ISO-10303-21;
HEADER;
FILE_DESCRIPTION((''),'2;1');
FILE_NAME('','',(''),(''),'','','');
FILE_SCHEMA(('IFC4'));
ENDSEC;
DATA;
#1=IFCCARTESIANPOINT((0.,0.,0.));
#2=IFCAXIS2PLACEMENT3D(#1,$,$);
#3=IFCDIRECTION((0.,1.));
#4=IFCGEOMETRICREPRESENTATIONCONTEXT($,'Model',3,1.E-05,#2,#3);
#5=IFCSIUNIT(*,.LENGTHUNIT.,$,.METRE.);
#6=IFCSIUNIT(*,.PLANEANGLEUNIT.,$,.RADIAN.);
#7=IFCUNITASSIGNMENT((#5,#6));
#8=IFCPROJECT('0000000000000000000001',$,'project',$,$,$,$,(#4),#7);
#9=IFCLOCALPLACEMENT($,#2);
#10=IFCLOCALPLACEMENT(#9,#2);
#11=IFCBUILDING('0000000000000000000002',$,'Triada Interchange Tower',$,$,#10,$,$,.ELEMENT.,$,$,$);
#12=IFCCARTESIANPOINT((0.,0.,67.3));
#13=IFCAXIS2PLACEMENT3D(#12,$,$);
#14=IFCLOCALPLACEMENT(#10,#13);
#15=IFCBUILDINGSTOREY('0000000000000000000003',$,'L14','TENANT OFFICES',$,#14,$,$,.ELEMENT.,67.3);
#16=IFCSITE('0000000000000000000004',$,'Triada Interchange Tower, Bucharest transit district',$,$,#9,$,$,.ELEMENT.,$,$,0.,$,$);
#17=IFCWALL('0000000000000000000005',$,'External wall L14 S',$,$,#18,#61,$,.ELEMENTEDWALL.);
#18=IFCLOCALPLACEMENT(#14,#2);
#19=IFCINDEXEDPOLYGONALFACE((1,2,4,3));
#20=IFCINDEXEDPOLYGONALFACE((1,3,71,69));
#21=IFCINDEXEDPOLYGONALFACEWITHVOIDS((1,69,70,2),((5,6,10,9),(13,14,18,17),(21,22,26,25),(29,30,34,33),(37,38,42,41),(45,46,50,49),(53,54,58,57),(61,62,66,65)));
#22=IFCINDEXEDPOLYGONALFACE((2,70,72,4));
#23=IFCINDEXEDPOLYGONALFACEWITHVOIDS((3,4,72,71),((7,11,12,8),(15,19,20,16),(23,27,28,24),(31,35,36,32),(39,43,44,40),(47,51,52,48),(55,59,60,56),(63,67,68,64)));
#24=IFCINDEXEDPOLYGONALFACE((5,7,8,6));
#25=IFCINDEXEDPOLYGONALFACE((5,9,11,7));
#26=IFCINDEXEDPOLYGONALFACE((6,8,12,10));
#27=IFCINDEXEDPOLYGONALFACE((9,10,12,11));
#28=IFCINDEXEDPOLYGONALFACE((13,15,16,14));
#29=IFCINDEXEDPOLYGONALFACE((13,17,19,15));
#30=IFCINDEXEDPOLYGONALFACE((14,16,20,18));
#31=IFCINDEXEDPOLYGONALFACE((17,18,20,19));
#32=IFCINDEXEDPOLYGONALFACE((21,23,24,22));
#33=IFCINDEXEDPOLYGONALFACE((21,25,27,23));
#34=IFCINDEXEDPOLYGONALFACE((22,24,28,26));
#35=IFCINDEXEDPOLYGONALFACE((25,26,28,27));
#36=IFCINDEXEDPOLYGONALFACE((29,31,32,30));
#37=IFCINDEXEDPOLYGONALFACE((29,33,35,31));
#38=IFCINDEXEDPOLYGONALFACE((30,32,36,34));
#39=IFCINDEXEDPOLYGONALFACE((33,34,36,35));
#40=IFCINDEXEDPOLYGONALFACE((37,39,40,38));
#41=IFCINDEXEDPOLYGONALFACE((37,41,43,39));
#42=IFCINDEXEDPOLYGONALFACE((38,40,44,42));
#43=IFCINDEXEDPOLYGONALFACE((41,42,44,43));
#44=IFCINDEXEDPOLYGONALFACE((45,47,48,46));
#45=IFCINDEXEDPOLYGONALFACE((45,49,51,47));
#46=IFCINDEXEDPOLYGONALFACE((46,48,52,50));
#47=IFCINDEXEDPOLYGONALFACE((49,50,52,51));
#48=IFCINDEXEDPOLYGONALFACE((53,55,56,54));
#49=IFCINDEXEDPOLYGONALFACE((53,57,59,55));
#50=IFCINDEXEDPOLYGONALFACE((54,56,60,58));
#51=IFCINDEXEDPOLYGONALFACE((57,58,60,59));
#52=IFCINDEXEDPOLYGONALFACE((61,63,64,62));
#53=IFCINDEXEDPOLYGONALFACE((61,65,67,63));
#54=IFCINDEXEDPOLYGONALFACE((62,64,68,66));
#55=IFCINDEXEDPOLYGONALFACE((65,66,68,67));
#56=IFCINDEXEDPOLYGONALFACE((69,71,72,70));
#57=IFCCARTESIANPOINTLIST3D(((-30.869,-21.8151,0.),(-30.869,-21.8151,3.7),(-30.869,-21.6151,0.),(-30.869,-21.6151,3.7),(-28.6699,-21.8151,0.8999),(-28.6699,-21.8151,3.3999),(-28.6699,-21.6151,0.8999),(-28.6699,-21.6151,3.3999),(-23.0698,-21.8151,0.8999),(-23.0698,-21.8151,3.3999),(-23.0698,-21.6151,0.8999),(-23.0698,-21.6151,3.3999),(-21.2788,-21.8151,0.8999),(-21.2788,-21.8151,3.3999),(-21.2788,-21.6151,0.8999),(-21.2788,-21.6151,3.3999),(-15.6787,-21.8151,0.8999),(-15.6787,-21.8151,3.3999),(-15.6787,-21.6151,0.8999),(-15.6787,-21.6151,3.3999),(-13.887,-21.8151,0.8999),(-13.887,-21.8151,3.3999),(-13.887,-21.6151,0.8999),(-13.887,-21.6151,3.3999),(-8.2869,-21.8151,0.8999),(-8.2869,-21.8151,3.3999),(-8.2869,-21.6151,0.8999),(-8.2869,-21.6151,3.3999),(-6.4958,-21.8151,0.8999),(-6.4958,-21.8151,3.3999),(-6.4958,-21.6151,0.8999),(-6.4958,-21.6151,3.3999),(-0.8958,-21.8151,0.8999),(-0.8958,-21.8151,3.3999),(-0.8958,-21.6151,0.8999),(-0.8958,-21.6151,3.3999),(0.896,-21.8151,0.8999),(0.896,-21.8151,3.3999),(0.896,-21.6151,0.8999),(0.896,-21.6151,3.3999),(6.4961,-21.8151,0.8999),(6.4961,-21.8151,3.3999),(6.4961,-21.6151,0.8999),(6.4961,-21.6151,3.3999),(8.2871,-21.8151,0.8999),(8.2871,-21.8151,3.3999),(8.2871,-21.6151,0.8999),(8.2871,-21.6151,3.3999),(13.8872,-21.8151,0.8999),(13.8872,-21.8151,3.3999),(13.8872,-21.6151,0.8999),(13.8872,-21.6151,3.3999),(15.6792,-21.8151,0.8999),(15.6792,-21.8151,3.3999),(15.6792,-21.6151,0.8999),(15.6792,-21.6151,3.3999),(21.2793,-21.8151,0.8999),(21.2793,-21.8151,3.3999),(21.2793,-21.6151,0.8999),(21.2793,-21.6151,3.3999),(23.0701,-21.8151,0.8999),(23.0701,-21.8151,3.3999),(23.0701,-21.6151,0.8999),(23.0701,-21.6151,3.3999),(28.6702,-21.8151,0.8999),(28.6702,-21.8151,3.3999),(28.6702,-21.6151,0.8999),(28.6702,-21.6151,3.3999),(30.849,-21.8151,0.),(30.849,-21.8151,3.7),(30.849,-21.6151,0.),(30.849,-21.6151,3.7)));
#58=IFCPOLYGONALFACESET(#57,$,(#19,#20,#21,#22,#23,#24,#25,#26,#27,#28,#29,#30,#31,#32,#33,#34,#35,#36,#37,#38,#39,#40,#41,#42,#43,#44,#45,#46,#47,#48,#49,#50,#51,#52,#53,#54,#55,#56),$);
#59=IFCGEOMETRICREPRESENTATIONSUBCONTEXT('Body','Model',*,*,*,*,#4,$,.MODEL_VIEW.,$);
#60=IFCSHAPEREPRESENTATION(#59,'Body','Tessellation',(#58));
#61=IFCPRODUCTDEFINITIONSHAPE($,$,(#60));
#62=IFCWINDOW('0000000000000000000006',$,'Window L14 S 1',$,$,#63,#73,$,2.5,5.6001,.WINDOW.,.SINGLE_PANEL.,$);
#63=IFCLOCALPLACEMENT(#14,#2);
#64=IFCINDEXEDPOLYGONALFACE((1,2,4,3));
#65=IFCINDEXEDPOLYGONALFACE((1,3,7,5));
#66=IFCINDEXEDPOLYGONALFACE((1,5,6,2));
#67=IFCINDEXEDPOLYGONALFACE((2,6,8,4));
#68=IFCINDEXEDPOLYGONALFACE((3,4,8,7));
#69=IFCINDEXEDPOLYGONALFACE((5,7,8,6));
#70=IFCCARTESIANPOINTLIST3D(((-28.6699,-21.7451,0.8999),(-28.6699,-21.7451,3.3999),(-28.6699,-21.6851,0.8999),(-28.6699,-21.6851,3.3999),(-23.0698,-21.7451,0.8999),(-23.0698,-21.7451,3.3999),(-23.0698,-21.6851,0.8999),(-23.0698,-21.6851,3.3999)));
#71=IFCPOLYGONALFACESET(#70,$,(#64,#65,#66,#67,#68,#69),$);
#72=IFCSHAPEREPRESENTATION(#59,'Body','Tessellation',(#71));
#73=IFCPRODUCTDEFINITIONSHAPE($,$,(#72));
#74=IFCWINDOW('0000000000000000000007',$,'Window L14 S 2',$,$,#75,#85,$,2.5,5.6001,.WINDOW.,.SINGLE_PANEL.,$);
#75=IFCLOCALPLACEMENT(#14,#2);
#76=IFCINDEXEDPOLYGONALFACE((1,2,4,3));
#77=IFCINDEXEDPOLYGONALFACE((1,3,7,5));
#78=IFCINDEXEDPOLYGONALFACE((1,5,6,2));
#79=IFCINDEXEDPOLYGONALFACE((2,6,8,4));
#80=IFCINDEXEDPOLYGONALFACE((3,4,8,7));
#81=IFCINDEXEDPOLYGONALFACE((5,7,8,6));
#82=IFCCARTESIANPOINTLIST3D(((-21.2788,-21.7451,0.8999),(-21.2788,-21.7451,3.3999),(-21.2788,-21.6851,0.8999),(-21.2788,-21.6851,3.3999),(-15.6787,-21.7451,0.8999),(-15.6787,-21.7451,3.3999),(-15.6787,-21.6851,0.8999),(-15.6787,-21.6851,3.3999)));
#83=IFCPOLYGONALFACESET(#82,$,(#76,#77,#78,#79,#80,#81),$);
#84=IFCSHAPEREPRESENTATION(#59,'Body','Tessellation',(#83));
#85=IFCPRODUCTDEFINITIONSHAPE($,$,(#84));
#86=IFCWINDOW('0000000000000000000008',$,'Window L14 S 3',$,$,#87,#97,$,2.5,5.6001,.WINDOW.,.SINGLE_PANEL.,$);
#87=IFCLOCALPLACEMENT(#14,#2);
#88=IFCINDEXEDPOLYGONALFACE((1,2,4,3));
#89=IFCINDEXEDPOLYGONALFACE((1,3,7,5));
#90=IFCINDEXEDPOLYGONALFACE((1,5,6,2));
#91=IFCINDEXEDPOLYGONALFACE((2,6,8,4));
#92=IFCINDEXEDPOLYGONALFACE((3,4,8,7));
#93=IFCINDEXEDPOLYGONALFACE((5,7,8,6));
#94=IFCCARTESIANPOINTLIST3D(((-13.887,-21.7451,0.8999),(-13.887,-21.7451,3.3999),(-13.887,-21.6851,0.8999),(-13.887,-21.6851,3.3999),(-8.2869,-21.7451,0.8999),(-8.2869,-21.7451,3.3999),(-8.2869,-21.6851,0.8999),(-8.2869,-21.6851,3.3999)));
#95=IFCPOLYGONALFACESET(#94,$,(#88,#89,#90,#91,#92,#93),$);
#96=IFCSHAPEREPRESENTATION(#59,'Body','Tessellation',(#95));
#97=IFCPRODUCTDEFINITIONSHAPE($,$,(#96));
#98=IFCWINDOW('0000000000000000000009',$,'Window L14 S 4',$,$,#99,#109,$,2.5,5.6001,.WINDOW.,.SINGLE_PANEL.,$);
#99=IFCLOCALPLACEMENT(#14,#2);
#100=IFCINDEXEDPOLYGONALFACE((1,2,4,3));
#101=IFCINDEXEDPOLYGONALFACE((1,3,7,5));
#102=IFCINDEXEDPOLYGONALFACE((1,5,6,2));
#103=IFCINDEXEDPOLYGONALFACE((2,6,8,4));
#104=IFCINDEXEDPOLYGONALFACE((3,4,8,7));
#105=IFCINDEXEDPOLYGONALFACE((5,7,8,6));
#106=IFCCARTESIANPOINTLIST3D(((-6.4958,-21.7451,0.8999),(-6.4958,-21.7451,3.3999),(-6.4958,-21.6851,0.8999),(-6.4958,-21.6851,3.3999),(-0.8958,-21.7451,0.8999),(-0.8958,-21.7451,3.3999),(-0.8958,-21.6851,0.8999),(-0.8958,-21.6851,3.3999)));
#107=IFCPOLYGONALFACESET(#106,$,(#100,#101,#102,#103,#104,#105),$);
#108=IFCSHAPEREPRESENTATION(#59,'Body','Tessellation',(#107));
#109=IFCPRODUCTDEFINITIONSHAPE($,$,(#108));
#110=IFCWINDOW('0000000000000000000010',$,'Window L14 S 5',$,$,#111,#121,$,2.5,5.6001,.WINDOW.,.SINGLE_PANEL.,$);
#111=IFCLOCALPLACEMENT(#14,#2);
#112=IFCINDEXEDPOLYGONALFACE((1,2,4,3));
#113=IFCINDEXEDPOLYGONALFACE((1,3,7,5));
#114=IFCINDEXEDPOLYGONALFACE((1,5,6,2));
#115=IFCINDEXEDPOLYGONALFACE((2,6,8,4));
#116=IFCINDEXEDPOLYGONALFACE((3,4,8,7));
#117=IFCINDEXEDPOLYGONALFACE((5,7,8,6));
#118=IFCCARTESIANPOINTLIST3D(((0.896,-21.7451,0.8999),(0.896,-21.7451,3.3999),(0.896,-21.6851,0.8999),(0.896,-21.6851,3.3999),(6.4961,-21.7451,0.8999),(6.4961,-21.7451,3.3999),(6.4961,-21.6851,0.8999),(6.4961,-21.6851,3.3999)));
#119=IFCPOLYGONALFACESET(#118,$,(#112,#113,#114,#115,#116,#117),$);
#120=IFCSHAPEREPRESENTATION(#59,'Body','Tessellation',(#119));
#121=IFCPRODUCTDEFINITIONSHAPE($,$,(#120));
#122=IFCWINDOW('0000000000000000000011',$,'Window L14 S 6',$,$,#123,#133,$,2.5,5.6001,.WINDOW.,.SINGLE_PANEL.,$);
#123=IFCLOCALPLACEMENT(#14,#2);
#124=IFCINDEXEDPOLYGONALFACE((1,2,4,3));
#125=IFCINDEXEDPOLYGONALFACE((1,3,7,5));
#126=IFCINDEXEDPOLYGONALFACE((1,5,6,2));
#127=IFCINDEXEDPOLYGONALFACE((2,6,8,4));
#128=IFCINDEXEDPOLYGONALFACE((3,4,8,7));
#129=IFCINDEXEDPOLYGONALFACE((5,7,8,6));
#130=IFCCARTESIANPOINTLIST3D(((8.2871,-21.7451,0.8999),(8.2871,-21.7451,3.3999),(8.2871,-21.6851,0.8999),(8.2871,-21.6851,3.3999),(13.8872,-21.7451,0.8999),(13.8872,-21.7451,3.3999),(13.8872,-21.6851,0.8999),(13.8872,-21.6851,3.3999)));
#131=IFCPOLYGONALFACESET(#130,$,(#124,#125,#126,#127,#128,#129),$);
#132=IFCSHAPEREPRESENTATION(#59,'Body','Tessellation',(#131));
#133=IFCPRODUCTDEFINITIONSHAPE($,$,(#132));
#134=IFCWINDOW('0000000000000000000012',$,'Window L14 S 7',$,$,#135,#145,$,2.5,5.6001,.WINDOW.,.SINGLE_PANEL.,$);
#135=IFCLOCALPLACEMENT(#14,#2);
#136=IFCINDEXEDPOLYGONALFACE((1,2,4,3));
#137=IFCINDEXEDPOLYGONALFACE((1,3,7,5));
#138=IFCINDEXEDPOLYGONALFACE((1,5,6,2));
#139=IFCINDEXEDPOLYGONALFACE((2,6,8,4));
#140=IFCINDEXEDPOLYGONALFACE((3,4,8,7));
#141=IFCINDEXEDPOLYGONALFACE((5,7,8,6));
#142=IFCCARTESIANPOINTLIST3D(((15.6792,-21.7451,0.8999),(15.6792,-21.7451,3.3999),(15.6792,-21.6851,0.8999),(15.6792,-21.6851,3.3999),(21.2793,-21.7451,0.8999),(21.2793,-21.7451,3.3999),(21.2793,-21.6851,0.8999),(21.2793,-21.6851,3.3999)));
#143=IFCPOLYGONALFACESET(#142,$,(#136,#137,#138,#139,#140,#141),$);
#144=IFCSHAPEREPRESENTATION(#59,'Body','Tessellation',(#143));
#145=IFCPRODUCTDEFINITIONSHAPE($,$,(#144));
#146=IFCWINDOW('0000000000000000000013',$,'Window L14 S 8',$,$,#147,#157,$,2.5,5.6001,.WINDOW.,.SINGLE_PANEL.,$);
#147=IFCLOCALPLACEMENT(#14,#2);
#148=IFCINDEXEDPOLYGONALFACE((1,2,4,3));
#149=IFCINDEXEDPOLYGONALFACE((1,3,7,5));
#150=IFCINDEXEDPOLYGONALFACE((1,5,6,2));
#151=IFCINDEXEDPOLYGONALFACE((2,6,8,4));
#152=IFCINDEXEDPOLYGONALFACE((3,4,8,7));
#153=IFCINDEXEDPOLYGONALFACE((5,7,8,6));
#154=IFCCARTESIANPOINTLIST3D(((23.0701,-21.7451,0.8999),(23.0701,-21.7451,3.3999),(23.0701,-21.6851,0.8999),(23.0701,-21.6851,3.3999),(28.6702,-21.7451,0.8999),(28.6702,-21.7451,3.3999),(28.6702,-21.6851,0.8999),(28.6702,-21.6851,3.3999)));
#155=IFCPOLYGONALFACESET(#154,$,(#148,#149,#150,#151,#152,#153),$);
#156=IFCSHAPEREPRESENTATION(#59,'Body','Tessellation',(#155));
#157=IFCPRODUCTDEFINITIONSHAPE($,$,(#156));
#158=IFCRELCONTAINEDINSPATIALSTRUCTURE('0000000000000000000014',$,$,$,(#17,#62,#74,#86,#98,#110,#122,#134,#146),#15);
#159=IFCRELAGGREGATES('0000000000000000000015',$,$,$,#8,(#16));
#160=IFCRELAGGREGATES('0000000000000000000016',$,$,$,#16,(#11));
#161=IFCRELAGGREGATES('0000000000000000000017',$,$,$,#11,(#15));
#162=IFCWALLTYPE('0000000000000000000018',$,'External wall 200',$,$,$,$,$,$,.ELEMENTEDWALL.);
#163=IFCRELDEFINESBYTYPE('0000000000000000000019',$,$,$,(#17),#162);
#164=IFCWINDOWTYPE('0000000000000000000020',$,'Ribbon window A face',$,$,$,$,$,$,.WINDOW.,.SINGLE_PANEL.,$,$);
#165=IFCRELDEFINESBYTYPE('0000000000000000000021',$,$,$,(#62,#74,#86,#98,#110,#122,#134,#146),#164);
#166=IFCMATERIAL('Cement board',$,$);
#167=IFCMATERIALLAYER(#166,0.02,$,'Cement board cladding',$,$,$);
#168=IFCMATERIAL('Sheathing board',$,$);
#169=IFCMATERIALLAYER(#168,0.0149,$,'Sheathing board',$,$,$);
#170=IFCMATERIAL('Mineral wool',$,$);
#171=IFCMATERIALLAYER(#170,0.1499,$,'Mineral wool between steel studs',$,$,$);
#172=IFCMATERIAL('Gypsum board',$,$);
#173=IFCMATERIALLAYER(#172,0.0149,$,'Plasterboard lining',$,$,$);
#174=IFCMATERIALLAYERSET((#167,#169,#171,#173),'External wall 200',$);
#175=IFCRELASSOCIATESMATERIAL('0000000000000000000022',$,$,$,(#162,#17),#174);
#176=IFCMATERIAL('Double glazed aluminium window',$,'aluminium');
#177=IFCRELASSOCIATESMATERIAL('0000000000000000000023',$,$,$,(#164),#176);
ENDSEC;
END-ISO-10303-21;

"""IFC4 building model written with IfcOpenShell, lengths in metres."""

from ifc_helpers import new_model, si_unit, direction, frame, frame_2d, origin, place, context, subcontext, project, spatial, rectangle, extrude, material, layer, layer_set, layer_usage, type_object, element, fill, save


model = new_model("IFC4")

# Units and contexts
model_context = context("Model", 3, precision=1e-05, world=origin(), true_north=direction((0.0, 1.0)))
body_context = subcontext(model_context, "Body", "Model", "MODEL_VIEW")
ifc_project = project(units=[si_unit("LENGTHUNIT", "METRE"), si_unit("PLANEANGLEUNIT", "RADIAN")], contexts=[model_context])

# Site, building, storey
site_placement = place(None, origin())
site = spatial("IfcSite", under=ifc_project, at=site_placement, Name="Triada Interchange Tower, Bucharest transit district", CompositionType="ELEMENT", RefElevation=0.0)
building_placement = place(site_placement, origin())
building = spatial("IfcBuilding", under=site, at=building_placement, Name="Triada Interchange Tower", CompositionType="ELEMENT")
storey_placement = place(building_placement, frame((0.0, 0.0, 67.3)))
storey = spatial("IfcBuildingStorey", under=building, at=storey_placement, Name="L14", Description="TENANT OFFICES", CompositionType="ELEMENT", Elevation=67.3)

# Shared definitions
ifc_material_1 = material(Name="Cement board")
ifc_layer_1 = layer(ifc_material_1, 0.02, Name="Cement board cladding")
ifc_material_2 = material(Name="Sheathing board")
ifc_layer_2 = layer(ifc_material_2, 0.0149, Name="Sheathing board")
ifc_material_3 = material(Name="Mineral wool")
ifc_layer_3 = layer(ifc_material_3, 0.1499, Name="Mineral wool between steel studs")
ifc_material_4 = material(Name="Gypsum board")
ifc_layer_4 = layer(ifc_material_4, 0.0149, Name="Plasterboard lining")
ifc_layer_set_1 = layer_set([ifc_layer_1, ifc_layer_2, ifc_layer_3, ifc_layer_4], Name="External wall 200")
ifc_layer_usage = layer_usage(ifc_layer_set_1, "AXIS2", "POSITIVE", -0.1001)
wall_type_1 = type_object("IfcWallType", Name="External wall 200", PredefinedType="ELEMENTEDWALL", material=ifc_layer_set_1)
ifc_material_5 = material(Name="Double glazed aluminium window", Category="aluminium")

# Wall, openings, windows
wall_1_placement = place(storey_placement, frame((-30.8689, -21.7151, 0.0), z_axis=(0.0, 0.0, 1.0), x_axis=(1.0, 0.0, 0.0)))
wall_1 = element("IfcWall", 1, at=wall_1_placement, inside=storey, type_object=wall_type_1, material=ifc_layer_usage, Name="External wall L14 S", PredefinedType="ELEMENTEDWALL", context=body_context, shape_type="SweptSolid", body=[
    extrude(rectangle(XDim=61.718, YDim=0.2, at=frame_2d((30.8589, 0.0))), origin(), (0.0, 0.0, 1.0), 3.7),
])
opening_1_placement = place(wall_1_placement, frame((2.199, 0.0, 0.8999)))
opening_1 = element("IfcOpeningElement", 2, at=opening_1_placement, cuts=wall_1, PredefinedType="OPENING", context=body_context, shape_type="SweptSolid", body=[
    extrude(rectangle(XDim=5.6001, YDim=2.5, at=frame_2d((2.8, 1.25))), frame((0.0, 0.1099, 0.0), z_axis=(0.0, -1.0, 0.0), x_axis=(1.0, 0.0, 0.0)), (0.0, 0.0, 1.0), 0.22),
])
opening_2_placement = place(wall_1_placement, frame((9.5901, 0.0, 0.8999)))
opening_2 = element("IfcOpeningElement", 3, at=opening_2_placement, cuts=wall_1, PredefinedType="OPENING", context=body_context, shape_type="SweptSolid", body=[
    extrude(rectangle(XDim=5.6001, YDim=2.5, at=frame_2d((2.8, 1.25))), frame((0.0, 0.1099, 0.0), z_axis=(0.0, -1.0, 0.0), x_axis=(1.0, 0.0, 0.0)), (0.0, 0.0, 1.0), 0.22),
])
opening_3_placement = place(wall_1_placement, frame((16.9819, 0.0, 0.8999)))
opening_3 = element("IfcOpeningElement", 4, at=opening_3_placement, cuts=wall_1, PredefinedType="OPENING", context=body_context, shape_type="SweptSolid", body=[
    extrude(rectangle(XDim=5.6001, YDim=2.5, at=frame_2d((2.8, 1.25))), frame((0.0, 0.1099, 0.0), z_axis=(0.0, -1.0, 0.0), x_axis=(1.0, 0.0, 0.0)), (0.0, 0.0, 1.0), 0.22),
])
opening_4_placement = place(wall_1_placement, frame((24.373, 0.0, 0.8999)))
opening_4 = element("IfcOpeningElement", 5, at=opening_4_placement, cuts=wall_1, PredefinedType="OPENING", context=body_context, shape_type="SweptSolid", body=[
    extrude(rectangle(XDim=5.6001, YDim=2.5, at=frame_2d((2.8, 1.25))), frame((0.0, 0.1099, 0.0), z_axis=(0.0, -1.0, 0.0), x_axis=(1.0, 0.0, 0.0)), (0.0, 0.0, 1.0), 0.22),
])
opening_5_placement = place(wall_1_placement, frame((31.7649, 0.0, 0.8999)))
opening_5 = element("IfcOpeningElement", 6, at=opening_5_placement, cuts=wall_1, PredefinedType="OPENING", context=body_context, shape_type="SweptSolid", body=[
    extrude(rectangle(XDim=5.6001, YDim=2.5, at=frame_2d((2.8, 1.25))), frame((0.0, 0.1099, 0.0), z_axis=(0.0, -1.0, 0.0), x_axis=(1.0, 0.0, 0.0)), (0.0, 0.0, 1.0), 0.22),
])
opening_6_placement = place(wall_1_placement, frame((39.156, 0.0, 0.8999)))
opening_6 = element("IfcOpeningElement", 7, at=opening_6_placement, cuts=wall_1, PredefinedType="OPENING", context=body_context, shape_type="SweptSolid", body=[
    extrude(rectangle(XDim=5.6001, YDim=2.5, at=frame_2d((2.8, 1.25))), frame((0.0, 0.1099, 0.0), z_axis=(0.0, -1.0, 0.0), x_axis=(1.0, 0.0, 0.0)), (0.0, 0.0, 1.0), 0.22),
])
opening_7_placement = place(wall_1_placement, frame((46.5481, 0.0, 0.8999)))
opening_7 = element("IfcOpeningElement", 8, at=opening_7_placement, cuts=wall_1, PredefinedType="OPENING", context=body_context, shape_type="SweptSolid", body=[
    extrude(rectangle(XDim=5.6001, YDim=2.5, at=frame_2d((2.8, 1.25))), frame((0.0, 0.1099, 0.0), z_axis=(0.0, -1.0, 0.0), x_axis=(1.0, 0.0, 0.0)), (0.0, 0.0, 1.0), 0.22),
])
opening_8_placement = place(wall_1_placement, frame((53.939, 0.0, 0.8999)))
opening_8 = element("IfcOpeningElement", 9, at=opening_8_placement, cuts=wall_1, PredefinedType="OPENING", context=body_context, shape_type="SweptSolid", body=[
    extrude(rectangle(XDim=5.6001, YDim=2.5, at=frame_2d((2.8, 1.25))), frame((0.0, 0.1099, 0.0), z_axis=(0.0, -1.0, 0.0), x_axis=(1.0, 0.0, 0.0)), (0.0, 0.0, 1.0), 0.22),
])
window_type_1 = type_object("IfcWindowType", Name="Ribbon window A face", PartitioningType="SINGLE_PANEL", PredefinedType="WINDOW", material=ifc_material_5)
window_1_placement = place(opening_1_placement, origin())
window_1 = element("IfcWindow", 10, at=window_1_placement, inside=storey, type_object=window_type_1, Name="Window L14 S 1", OverallHeight=2.5, OverallWidth=5.6001, PartitioningType="SINGLE_PANEL", PredefinedType="WINDOW", context=body_context, shape_type="SweptSolid", body=[
    extrude(rectangle(XDim=5.6001, YDim=2.5, at=frame_2d((2.8, 1.25))), frame((0.0, 0.03, 0.0), z_axis=(0.0, -1.0, 0.0), x_axis=(1.0, 0.0, 0.0)), (0.0, 0.0, 1.0), 0.0601),
])
fill(opening_1, window_1)
window_2_placement = place(opening_2_placement, origin())
window_2 = element("IfcWindow", 11, at=window_2_placement, inside=storey, type_object=window_type_1, Name="Window L14 S 2", OverallHeight=2.5, OverallWidth=5.6001, PartitioningType="SINGLE_PANEL", PredefinedType="WINDOW", context=body_context, shape_type="SweptSolid", body=[
    extrude(rectangle(XDim=5.6001, YDim=2.5, at=frame_2d((2.8, 1.25))), frame((0.0, 0.03, 0.0), z_axis=(0.0, -1.0, 0.0), x_axis=(1.0, 0.0, 0.0)), (0.0, 0.0, 1.0), 0.0601),
])
fill(opening_2, window_2)
window_3_placement = place(opening_3_placement, origin())
window_3 = element("IfcWindow", 12, at=window_3_placement, inside=storey, type_object=window_type_1, Name="Window L14 S 3", OverallHeight=2.5, OverallWidth=5.6001, PartitioningType="SINGLE_PANEL", PredefinedType="WINDOW", context=body_context, shape_type="SweptSolid", body=[
    extrude(rectangle(XDim=5.6001, YDim=2.5, at=frame_2d((2.8, 1.25))), frame((0.0, 0.03, 0.0), z_axis=(0.0, -1.0, 0.0), x_axis=(1.0, 0.0, 0.0)), (0.0, 0.0, 1.0), 0.0601),
])
fill(opening_3, window_3)
window_4_placement = place(opening_4_placement, origin())
window_4 = element("IfcWindow", 13, at=window_4_placement, inside=storey, type_object=window_type_1, Name="Window L14 S 4", OverallHeight=2.5, OverallWidth=5.6001, PartitioningType="SINGLE_PANEL", PredefinedType="WINDOW", context=body_context, shape_type="SweptSolid", body=[
    extrude(rectangle(XDim=5.6001, YDim=2.5, at=frame_2d((2.8, 1.25))), frame((0.0, 0.03, 0.0), z_axis=(0.0, -1.0, 0.0), x_axis=(1.0, 0.0, 0.0)), (0.0, 0.0, 1.0), 0.0601),
])
fill(opening_4, window_4)
window_5_placement = place(opening_5_placement, origin())
window_5 = element("IfcWindow", 14, at=window_5_placement, inside=storey, type_object=window_type_1, Name="Window L14 S 5", OverallHeight=2.5, OverallWidth=5.6001, PartitioningType="SINGLE_PANEL", PredefinedType="WINDOW", context=body_context, shape_type="SweptSolid", body=[
    extrude(rectangle(XDim=5.6001, YDim=2.5, at=frame_2d((2.8, 1.25))), frame((0.0, 0.03, 0.0), z_axis=(0.0, -1.0, 0.0), x_axis=(1.0, 0.0, 0.0)), (0.0, 0.0, 1.0), 0.0601),
])
fill(opening_5, window_5)
window_6_placement = place(opening_6_placement, origin())
window_6 = element("IfcWindow", 15, at=window_6_placement, inside=storey, type_object=window_type_1, Name="Window L14 S 6", OverallHeight=2.5, OverallWidth=5.6001, PartitioningType="SINGLE_PANEL", PredefinedType="WINDOW", context=body_context, shape_type="SweptSolid", body=[
    extrude(rectangle(XDim=5.6001, YDim=2.5, at=frame_2d((2.8, 1.25))), frame((0.0, 0.03, 0.0), z_axis=(0.0, -1.0, 0.0), x_axis=(1.0, 0.0, 0.0)), (0.0, 0.0, 1.0), 0.0601),
])
fill(opening_6, window_6)
window_7_placement = place(opening_7_placement, origin())
window_7 = element("IfcWindow", 16, at=window_7_placement, inside=storey, type_object=window_type_1, Name="Window L14 S 7", OverallHeight=2.5, OverallWidth=5.6001, PartitioningType="SINGLE_PANEL", PredefinedType="WINDOW", context=body_context, shape_type="SweptSolid", body=[
    extrude(rectangle(XDim=5.6001, YDim=2.5, at=frame_2d((2.8, 1.25))), frame((0.0, 0.03, 0.0), z_axis=(0.0, -1.0, 0.0), x_axis=(1.0, 0.0, 0.0)), (0.0, 0.0, 1.0), 0.0601),
])
fill(opening_7, window_7)
window_8_placement = place(opening_8_placement, origin())
window_8 = element("IfcWindow", 17, at=window_8_placement, inside=storey, type_object=window_type_1, Name="Window L14 S 8", OverallHeight=2.5, OverallWidth=5.6001, PartitioningType="SINGLE_PANEL", PredefinedType="WINDOW", context=body_context, shape_type="SweptSolid", body=[
    extrude(rectangle(XDim=5.6001, YDim=2.5, at=frame_2d((2.8, 1.25))), frame((0.0, 0.03, 0.0), z_axis=(0.0, -1.0, 0.0), x_axis=(1.0, 0.0, 0.0)), (0.0, 0.0, 1.0), 0.0601),
])
fill(opening_8, window_8)

save(model, "model.ifc")
